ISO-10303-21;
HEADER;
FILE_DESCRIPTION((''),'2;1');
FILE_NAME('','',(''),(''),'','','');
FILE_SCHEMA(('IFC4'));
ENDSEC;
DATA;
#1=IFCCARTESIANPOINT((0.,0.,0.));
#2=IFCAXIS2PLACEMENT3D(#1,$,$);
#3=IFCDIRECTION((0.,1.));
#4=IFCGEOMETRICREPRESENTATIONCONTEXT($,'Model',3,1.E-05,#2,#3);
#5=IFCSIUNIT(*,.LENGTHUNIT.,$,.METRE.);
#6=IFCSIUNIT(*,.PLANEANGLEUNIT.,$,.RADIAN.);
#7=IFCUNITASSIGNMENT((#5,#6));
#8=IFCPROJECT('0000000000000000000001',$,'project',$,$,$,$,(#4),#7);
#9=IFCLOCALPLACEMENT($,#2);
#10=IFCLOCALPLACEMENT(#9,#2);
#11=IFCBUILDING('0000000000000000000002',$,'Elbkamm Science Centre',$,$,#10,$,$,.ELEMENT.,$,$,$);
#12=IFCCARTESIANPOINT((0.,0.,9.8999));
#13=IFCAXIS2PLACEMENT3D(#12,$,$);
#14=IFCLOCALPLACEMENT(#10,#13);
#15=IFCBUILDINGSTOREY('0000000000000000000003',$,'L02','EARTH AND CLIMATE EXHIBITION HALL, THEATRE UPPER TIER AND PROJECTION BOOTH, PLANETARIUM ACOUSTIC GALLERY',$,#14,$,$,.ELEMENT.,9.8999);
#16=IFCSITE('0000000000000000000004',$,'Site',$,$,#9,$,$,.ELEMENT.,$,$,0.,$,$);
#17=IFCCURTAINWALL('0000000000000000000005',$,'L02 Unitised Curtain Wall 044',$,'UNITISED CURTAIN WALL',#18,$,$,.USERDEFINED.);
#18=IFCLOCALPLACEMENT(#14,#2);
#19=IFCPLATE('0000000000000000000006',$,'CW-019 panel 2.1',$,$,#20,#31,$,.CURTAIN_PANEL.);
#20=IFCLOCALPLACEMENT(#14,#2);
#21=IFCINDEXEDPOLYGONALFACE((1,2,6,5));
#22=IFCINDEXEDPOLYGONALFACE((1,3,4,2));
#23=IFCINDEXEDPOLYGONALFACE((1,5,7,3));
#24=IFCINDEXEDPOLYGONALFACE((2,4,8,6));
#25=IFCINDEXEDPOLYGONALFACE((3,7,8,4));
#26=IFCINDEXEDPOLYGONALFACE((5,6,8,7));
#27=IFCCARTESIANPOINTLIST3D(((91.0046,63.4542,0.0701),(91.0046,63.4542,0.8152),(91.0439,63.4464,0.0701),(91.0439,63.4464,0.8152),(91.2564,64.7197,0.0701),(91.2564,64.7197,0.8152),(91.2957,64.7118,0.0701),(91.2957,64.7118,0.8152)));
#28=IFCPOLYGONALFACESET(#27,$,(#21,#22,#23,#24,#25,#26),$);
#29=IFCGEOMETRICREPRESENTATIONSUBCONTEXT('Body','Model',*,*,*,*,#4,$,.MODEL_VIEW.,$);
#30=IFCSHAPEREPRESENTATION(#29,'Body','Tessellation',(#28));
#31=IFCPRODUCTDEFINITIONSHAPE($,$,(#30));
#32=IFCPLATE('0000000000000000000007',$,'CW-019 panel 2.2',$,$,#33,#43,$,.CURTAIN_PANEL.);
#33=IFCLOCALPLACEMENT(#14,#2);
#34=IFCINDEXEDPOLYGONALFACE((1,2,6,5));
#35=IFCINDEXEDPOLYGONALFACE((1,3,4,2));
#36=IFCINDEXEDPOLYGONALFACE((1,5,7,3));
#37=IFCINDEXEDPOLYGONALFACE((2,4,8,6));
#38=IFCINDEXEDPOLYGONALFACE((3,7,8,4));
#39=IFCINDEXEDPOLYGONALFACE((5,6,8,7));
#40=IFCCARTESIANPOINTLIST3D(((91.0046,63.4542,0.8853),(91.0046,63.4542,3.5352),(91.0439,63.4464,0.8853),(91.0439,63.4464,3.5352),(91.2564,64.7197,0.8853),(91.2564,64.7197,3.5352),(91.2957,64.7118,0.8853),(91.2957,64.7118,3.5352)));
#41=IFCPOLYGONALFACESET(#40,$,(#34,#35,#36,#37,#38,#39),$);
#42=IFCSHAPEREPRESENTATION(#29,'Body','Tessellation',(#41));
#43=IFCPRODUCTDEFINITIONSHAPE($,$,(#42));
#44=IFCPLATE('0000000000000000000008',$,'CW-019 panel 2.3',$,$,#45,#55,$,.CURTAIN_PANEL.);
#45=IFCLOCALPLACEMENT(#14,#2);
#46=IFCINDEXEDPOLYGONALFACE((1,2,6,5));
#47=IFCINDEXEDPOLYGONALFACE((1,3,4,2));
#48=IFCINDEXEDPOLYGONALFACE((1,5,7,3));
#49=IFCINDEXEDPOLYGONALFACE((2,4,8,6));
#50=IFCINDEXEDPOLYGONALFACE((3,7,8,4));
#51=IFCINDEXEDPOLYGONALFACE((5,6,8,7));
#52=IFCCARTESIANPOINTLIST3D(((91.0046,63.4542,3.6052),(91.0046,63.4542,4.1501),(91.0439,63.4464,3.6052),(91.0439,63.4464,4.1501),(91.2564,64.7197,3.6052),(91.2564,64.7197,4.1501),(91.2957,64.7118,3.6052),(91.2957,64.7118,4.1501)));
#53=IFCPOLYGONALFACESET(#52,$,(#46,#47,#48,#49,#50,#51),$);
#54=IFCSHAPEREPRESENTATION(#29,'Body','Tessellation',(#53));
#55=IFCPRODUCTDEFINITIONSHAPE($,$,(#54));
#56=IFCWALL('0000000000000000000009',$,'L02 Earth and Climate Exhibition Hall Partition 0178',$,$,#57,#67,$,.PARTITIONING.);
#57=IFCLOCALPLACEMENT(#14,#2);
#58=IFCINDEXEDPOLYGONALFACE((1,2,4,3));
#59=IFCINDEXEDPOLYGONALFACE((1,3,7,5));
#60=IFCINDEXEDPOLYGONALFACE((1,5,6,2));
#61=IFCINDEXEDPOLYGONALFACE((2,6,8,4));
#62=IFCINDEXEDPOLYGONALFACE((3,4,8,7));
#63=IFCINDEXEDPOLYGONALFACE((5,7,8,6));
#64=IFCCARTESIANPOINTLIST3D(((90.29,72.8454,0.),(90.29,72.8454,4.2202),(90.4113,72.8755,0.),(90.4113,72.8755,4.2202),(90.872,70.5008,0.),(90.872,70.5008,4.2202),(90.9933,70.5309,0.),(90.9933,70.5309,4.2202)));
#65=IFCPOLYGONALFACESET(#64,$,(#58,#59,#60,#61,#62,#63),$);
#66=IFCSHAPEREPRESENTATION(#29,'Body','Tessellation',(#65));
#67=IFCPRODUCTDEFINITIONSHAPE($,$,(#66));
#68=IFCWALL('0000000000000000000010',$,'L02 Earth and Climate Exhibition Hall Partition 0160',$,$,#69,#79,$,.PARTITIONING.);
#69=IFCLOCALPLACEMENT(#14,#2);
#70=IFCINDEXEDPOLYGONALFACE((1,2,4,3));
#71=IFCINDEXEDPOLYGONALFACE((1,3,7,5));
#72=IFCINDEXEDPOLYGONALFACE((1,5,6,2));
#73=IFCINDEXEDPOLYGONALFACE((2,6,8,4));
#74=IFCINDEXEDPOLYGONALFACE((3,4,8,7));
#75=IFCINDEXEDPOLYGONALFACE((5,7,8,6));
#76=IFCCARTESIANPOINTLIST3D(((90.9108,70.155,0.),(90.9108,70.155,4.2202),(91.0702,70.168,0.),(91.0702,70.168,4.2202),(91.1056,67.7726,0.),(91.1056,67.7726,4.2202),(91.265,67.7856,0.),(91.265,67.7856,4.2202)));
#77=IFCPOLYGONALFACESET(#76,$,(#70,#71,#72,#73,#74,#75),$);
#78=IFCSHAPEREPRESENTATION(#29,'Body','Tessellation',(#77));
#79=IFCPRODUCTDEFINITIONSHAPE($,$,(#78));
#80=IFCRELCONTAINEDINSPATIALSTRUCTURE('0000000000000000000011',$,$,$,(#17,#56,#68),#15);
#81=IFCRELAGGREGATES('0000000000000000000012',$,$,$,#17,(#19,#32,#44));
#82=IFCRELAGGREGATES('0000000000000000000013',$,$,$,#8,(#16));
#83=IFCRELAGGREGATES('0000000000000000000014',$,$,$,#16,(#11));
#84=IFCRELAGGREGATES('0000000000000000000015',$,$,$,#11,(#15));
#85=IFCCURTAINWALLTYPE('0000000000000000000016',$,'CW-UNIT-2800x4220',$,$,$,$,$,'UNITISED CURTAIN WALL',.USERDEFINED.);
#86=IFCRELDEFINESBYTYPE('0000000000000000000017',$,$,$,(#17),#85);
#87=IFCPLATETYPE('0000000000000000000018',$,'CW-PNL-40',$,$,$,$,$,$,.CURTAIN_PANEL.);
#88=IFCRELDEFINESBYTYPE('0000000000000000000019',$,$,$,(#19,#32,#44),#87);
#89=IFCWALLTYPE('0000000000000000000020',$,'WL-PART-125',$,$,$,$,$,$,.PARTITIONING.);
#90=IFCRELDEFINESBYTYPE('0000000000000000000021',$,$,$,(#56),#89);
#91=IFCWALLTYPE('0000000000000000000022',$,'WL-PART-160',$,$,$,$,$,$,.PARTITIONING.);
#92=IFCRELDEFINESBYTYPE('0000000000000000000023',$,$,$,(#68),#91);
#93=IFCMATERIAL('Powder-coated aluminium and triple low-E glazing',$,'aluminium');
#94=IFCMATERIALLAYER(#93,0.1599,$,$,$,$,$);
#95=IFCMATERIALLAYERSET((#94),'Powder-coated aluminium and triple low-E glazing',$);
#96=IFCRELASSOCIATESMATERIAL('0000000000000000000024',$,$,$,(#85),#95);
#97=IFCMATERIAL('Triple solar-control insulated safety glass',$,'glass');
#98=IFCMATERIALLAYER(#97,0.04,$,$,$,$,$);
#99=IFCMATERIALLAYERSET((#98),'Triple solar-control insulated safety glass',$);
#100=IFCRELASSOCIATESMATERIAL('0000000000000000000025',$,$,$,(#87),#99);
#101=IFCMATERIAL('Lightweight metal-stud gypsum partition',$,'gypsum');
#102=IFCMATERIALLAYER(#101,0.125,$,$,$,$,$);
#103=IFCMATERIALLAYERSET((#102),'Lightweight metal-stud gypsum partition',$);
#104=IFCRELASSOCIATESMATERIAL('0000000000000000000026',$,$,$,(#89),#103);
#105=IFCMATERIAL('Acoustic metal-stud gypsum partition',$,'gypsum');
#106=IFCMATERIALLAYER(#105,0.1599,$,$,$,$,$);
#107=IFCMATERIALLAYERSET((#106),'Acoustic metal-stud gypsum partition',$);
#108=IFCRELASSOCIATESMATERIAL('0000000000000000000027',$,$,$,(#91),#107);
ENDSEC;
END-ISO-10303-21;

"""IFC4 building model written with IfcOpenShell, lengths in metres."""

from ifc_helpers import new_model, si_unit, direction, frame, frame_2d, origin, origin_2d, place, context, subcontext, project, spatial, rectangle, extrude, material, layer, layer_set, type_object, element, aggregate, save


model = new_model("IFC4")

# Units and contexts
model_context = context("Model", 3, precision=1e-05, world=origin(), true_north=direction((0.0, 1.0)))
body_context = subcontext(model_context, "Body", "Model", "MODEL_VIEW")
ifc_project = project(units=[si_unit("LENGTHUNIT", "METRE"), si_unit("PLANEANGLEUNIT", "RADIAN")], contexts=[model_context])

# Site, building, storey
site_placement = place(None, origin())
site = spatial("IfcSite", under=ifc_project, at=site_placement, Name="Site", CompositionType="ELEMENT", RefElevation=0.0)
building_placement = place(site_placement, origin())
building = spatial("IfcBuilding", under=site, at=building_placement, Name="Elbkamm Science Centre", CompositionType="ELEMENT")
storey_placement = place(building_placement, frame((0.0, 0.0, 9.8999)))
storey = spatial("IfcBuildingStorey", under=building, at=storey_placement, Name="L02", Description="EARTH AND CLIMATE EXHIBITION HALL, THEATRE UPPER TIER AND PROJECTION BOOTH, PLANETARIUM ACOUSTIC GALLERY", CompositionType="ELEMENT", Elevation=9.8999)

# Shared definitions
ifc_material_1 = material(Name="Powder-coated aluminium and triple low-E glazing", Category="aluminium")

# Curtain wall
ifc_layer_1 = layer(ifc_material_1, 0.1599)
ifc_layer_set_1 = layer_set([ifc_layer_1], Name="Powder-coated aluminium and triple low-E glazing")
curtain_wall_type_1 = type_object("IfcCurtainWallType", Name="CW-UNIT-2800x4220", ElementType="UNITISED CURTAIN WALL", PredefinedType="USERDEFINED", material=ifc_layer_set_1)
curtain_wall_1_placement = place(storey_placement, origin())
curtain_wall_1 = element("IfcCurtainWall", 1, at=curtain_wall_1_placement, inside=storey, type_object=curtain_wall_type_1, Name="L02 Unitised Curtain Wall 044", ObjectType="UNITISED CURTAIN WALL", PredefinedType="USERDEFINED")

# Plates
ifc_material_2 = material(Name="Triple solar-control insulated safety glass", Category="glass")
ifc_layer_2 = layer(ifc_material_2, 0.04)
ifc_layer_set_2 = layer_set([ifc_layer_2], Name="Triple solar-control insulated safety glass")
plate_type = type_object("IfcPlateType", Name="CW-PNL-40", PredefinedType="CURTAIN_PANEL", material=ifc_layer_set_2)
plate_1_placement = place(storey_placement, frame((91.1501, 64.083, 0.0701), z_axis=(0.0, 0.0, 1.0), x_axis=(0.195151, 0.980773, 0.0)))
plate_1 = element("IfcPlate", 2, at=plate_1_placement, type_object=plate_type, Name="CW-019 panel 2.1", PredefinedType="CURTAIN_PANEL", context=body_context, shape_type="SweptSolid", body=[
    extrude(rectangle(XDim=1.2903, YDim=0.04, at=origin_2d()), origin(), (0.0, 0.0, 1.0), 0.7451),
])
plate_2_placement = place(storey_placement, frame((91.1501, 64.083, 0.8853), z_axis=(0.0, 0.0, 1.0), x_axis=(0.195151, 0.980773, 0.0)))
plate_2 = element("IfcPlate", 3, at=plate_2_placement, type_object=plate_type, Name="CW-019 panel 2.2", PredefinedType="CURTAIN_PANEL", context=body_context, shape_type="SweptSolid", body=[
    extrude(rectangle(XDim=1.2903, YDim=0.04, at=origin_2d()), origin(), (0.0, 0.0, 1.0), 2.6499),
])
plate_3_placement = place(storey_placement, frame((91.1501, 64.083, 3.6052), z_axis=(0.0, 0.0, 1.0), x_axis=(0.195151, 0.980773, 0.0)))
plate_3 = element("IfcPlate", 4, at=plate_3_placement, type_object=plate_type, Name="CW-019 panel 2.3", PredefinedType="CURTAIN_PANEL", context=body_context, shape_type="SweptSolid", body=[
    extrude(rectangle(XDim=1.2903, YDim=0.04, at=origin_2d()), origin(), (0.0, 0.0, 1.0), 0.5449),
])
aggregate(curtain_wall_1, [plate_1, plate_2, plate_3])

# Walls
ifc_material_3 = material(Name="Lightweight metal-stud gypsum partition", Category="gypsum")
ifc_layer_3 = layer(ifc_material_3, 0.125)
ifc_layer_set_3 = layer_set([ifc_layer_3], Name="Lightweight metal-stud gypsum partition")
wall_type_1 = type_object("IfcWallType", Name="WL-PART-125", PredefinedType="PARTITIONING", material=ifc_layer_set_3)
wall_1_placement = place(storey_placement, frame((90.3506, 72.8606, 0.0), z_axis=(0.0, 0.0, 1.0), x_axis=(0.240918, -0.970545, 0.0)))
element("IfcWall", 5, at=wall_1_placement, inside=storey, type_object=wall_type_1, Name="L02 Earth and Climate Exhibition Hall Partition 0178", PredefinedType="PARTITIONING", context=body_context, shape_type="SweptSolid", body=[
    extrude(rectangle(XDim=2.4158, YDim=0.125, at=frame_2d((1.208, 0.0))), origin(), (0.0, 0.0, 1.0), 4.2202),
])
ifc_material_4 = material(Name="Acoustic metal-stud gypsum partition", Category="gypsum")
ifc_layer_4 = layer(ifc_material_4, 0.1599)
ifc_layer_set_4 = layer_set([ifc_layer_4], Name="Acoustic metal-stud gypsum partition")
wall_type_2 = type_object("IfcWallType", Name="WL-PART-160", PredefinedType="PARTITIONING", material=ifc_layer_set_4)
wall_2_placement = place(storey_placement, frame((90.9905, 70.1616, 0.0), z_axis=(0.0, 0.0, 1.0), x_axis=(0.081507, -0.996673, 0.0)))
element("IfcWall", 6, at=wall_2_placement, inside=storey, type_object=wall_type_2, Name="L02 Earth and Climate Exhibition Hall Partition 0160", PredefinedType="PARTITIONING", context=body_context, shape_type="SweptSolid", body=[
    extrude(rectangle(XDim=2.3904, YDim=0.1599, at=frame_2d((1.1953, 0.0))), origin(), (0.0, 0.0, 1.0), 4.2202),
])

save(model, "model.ifc")
